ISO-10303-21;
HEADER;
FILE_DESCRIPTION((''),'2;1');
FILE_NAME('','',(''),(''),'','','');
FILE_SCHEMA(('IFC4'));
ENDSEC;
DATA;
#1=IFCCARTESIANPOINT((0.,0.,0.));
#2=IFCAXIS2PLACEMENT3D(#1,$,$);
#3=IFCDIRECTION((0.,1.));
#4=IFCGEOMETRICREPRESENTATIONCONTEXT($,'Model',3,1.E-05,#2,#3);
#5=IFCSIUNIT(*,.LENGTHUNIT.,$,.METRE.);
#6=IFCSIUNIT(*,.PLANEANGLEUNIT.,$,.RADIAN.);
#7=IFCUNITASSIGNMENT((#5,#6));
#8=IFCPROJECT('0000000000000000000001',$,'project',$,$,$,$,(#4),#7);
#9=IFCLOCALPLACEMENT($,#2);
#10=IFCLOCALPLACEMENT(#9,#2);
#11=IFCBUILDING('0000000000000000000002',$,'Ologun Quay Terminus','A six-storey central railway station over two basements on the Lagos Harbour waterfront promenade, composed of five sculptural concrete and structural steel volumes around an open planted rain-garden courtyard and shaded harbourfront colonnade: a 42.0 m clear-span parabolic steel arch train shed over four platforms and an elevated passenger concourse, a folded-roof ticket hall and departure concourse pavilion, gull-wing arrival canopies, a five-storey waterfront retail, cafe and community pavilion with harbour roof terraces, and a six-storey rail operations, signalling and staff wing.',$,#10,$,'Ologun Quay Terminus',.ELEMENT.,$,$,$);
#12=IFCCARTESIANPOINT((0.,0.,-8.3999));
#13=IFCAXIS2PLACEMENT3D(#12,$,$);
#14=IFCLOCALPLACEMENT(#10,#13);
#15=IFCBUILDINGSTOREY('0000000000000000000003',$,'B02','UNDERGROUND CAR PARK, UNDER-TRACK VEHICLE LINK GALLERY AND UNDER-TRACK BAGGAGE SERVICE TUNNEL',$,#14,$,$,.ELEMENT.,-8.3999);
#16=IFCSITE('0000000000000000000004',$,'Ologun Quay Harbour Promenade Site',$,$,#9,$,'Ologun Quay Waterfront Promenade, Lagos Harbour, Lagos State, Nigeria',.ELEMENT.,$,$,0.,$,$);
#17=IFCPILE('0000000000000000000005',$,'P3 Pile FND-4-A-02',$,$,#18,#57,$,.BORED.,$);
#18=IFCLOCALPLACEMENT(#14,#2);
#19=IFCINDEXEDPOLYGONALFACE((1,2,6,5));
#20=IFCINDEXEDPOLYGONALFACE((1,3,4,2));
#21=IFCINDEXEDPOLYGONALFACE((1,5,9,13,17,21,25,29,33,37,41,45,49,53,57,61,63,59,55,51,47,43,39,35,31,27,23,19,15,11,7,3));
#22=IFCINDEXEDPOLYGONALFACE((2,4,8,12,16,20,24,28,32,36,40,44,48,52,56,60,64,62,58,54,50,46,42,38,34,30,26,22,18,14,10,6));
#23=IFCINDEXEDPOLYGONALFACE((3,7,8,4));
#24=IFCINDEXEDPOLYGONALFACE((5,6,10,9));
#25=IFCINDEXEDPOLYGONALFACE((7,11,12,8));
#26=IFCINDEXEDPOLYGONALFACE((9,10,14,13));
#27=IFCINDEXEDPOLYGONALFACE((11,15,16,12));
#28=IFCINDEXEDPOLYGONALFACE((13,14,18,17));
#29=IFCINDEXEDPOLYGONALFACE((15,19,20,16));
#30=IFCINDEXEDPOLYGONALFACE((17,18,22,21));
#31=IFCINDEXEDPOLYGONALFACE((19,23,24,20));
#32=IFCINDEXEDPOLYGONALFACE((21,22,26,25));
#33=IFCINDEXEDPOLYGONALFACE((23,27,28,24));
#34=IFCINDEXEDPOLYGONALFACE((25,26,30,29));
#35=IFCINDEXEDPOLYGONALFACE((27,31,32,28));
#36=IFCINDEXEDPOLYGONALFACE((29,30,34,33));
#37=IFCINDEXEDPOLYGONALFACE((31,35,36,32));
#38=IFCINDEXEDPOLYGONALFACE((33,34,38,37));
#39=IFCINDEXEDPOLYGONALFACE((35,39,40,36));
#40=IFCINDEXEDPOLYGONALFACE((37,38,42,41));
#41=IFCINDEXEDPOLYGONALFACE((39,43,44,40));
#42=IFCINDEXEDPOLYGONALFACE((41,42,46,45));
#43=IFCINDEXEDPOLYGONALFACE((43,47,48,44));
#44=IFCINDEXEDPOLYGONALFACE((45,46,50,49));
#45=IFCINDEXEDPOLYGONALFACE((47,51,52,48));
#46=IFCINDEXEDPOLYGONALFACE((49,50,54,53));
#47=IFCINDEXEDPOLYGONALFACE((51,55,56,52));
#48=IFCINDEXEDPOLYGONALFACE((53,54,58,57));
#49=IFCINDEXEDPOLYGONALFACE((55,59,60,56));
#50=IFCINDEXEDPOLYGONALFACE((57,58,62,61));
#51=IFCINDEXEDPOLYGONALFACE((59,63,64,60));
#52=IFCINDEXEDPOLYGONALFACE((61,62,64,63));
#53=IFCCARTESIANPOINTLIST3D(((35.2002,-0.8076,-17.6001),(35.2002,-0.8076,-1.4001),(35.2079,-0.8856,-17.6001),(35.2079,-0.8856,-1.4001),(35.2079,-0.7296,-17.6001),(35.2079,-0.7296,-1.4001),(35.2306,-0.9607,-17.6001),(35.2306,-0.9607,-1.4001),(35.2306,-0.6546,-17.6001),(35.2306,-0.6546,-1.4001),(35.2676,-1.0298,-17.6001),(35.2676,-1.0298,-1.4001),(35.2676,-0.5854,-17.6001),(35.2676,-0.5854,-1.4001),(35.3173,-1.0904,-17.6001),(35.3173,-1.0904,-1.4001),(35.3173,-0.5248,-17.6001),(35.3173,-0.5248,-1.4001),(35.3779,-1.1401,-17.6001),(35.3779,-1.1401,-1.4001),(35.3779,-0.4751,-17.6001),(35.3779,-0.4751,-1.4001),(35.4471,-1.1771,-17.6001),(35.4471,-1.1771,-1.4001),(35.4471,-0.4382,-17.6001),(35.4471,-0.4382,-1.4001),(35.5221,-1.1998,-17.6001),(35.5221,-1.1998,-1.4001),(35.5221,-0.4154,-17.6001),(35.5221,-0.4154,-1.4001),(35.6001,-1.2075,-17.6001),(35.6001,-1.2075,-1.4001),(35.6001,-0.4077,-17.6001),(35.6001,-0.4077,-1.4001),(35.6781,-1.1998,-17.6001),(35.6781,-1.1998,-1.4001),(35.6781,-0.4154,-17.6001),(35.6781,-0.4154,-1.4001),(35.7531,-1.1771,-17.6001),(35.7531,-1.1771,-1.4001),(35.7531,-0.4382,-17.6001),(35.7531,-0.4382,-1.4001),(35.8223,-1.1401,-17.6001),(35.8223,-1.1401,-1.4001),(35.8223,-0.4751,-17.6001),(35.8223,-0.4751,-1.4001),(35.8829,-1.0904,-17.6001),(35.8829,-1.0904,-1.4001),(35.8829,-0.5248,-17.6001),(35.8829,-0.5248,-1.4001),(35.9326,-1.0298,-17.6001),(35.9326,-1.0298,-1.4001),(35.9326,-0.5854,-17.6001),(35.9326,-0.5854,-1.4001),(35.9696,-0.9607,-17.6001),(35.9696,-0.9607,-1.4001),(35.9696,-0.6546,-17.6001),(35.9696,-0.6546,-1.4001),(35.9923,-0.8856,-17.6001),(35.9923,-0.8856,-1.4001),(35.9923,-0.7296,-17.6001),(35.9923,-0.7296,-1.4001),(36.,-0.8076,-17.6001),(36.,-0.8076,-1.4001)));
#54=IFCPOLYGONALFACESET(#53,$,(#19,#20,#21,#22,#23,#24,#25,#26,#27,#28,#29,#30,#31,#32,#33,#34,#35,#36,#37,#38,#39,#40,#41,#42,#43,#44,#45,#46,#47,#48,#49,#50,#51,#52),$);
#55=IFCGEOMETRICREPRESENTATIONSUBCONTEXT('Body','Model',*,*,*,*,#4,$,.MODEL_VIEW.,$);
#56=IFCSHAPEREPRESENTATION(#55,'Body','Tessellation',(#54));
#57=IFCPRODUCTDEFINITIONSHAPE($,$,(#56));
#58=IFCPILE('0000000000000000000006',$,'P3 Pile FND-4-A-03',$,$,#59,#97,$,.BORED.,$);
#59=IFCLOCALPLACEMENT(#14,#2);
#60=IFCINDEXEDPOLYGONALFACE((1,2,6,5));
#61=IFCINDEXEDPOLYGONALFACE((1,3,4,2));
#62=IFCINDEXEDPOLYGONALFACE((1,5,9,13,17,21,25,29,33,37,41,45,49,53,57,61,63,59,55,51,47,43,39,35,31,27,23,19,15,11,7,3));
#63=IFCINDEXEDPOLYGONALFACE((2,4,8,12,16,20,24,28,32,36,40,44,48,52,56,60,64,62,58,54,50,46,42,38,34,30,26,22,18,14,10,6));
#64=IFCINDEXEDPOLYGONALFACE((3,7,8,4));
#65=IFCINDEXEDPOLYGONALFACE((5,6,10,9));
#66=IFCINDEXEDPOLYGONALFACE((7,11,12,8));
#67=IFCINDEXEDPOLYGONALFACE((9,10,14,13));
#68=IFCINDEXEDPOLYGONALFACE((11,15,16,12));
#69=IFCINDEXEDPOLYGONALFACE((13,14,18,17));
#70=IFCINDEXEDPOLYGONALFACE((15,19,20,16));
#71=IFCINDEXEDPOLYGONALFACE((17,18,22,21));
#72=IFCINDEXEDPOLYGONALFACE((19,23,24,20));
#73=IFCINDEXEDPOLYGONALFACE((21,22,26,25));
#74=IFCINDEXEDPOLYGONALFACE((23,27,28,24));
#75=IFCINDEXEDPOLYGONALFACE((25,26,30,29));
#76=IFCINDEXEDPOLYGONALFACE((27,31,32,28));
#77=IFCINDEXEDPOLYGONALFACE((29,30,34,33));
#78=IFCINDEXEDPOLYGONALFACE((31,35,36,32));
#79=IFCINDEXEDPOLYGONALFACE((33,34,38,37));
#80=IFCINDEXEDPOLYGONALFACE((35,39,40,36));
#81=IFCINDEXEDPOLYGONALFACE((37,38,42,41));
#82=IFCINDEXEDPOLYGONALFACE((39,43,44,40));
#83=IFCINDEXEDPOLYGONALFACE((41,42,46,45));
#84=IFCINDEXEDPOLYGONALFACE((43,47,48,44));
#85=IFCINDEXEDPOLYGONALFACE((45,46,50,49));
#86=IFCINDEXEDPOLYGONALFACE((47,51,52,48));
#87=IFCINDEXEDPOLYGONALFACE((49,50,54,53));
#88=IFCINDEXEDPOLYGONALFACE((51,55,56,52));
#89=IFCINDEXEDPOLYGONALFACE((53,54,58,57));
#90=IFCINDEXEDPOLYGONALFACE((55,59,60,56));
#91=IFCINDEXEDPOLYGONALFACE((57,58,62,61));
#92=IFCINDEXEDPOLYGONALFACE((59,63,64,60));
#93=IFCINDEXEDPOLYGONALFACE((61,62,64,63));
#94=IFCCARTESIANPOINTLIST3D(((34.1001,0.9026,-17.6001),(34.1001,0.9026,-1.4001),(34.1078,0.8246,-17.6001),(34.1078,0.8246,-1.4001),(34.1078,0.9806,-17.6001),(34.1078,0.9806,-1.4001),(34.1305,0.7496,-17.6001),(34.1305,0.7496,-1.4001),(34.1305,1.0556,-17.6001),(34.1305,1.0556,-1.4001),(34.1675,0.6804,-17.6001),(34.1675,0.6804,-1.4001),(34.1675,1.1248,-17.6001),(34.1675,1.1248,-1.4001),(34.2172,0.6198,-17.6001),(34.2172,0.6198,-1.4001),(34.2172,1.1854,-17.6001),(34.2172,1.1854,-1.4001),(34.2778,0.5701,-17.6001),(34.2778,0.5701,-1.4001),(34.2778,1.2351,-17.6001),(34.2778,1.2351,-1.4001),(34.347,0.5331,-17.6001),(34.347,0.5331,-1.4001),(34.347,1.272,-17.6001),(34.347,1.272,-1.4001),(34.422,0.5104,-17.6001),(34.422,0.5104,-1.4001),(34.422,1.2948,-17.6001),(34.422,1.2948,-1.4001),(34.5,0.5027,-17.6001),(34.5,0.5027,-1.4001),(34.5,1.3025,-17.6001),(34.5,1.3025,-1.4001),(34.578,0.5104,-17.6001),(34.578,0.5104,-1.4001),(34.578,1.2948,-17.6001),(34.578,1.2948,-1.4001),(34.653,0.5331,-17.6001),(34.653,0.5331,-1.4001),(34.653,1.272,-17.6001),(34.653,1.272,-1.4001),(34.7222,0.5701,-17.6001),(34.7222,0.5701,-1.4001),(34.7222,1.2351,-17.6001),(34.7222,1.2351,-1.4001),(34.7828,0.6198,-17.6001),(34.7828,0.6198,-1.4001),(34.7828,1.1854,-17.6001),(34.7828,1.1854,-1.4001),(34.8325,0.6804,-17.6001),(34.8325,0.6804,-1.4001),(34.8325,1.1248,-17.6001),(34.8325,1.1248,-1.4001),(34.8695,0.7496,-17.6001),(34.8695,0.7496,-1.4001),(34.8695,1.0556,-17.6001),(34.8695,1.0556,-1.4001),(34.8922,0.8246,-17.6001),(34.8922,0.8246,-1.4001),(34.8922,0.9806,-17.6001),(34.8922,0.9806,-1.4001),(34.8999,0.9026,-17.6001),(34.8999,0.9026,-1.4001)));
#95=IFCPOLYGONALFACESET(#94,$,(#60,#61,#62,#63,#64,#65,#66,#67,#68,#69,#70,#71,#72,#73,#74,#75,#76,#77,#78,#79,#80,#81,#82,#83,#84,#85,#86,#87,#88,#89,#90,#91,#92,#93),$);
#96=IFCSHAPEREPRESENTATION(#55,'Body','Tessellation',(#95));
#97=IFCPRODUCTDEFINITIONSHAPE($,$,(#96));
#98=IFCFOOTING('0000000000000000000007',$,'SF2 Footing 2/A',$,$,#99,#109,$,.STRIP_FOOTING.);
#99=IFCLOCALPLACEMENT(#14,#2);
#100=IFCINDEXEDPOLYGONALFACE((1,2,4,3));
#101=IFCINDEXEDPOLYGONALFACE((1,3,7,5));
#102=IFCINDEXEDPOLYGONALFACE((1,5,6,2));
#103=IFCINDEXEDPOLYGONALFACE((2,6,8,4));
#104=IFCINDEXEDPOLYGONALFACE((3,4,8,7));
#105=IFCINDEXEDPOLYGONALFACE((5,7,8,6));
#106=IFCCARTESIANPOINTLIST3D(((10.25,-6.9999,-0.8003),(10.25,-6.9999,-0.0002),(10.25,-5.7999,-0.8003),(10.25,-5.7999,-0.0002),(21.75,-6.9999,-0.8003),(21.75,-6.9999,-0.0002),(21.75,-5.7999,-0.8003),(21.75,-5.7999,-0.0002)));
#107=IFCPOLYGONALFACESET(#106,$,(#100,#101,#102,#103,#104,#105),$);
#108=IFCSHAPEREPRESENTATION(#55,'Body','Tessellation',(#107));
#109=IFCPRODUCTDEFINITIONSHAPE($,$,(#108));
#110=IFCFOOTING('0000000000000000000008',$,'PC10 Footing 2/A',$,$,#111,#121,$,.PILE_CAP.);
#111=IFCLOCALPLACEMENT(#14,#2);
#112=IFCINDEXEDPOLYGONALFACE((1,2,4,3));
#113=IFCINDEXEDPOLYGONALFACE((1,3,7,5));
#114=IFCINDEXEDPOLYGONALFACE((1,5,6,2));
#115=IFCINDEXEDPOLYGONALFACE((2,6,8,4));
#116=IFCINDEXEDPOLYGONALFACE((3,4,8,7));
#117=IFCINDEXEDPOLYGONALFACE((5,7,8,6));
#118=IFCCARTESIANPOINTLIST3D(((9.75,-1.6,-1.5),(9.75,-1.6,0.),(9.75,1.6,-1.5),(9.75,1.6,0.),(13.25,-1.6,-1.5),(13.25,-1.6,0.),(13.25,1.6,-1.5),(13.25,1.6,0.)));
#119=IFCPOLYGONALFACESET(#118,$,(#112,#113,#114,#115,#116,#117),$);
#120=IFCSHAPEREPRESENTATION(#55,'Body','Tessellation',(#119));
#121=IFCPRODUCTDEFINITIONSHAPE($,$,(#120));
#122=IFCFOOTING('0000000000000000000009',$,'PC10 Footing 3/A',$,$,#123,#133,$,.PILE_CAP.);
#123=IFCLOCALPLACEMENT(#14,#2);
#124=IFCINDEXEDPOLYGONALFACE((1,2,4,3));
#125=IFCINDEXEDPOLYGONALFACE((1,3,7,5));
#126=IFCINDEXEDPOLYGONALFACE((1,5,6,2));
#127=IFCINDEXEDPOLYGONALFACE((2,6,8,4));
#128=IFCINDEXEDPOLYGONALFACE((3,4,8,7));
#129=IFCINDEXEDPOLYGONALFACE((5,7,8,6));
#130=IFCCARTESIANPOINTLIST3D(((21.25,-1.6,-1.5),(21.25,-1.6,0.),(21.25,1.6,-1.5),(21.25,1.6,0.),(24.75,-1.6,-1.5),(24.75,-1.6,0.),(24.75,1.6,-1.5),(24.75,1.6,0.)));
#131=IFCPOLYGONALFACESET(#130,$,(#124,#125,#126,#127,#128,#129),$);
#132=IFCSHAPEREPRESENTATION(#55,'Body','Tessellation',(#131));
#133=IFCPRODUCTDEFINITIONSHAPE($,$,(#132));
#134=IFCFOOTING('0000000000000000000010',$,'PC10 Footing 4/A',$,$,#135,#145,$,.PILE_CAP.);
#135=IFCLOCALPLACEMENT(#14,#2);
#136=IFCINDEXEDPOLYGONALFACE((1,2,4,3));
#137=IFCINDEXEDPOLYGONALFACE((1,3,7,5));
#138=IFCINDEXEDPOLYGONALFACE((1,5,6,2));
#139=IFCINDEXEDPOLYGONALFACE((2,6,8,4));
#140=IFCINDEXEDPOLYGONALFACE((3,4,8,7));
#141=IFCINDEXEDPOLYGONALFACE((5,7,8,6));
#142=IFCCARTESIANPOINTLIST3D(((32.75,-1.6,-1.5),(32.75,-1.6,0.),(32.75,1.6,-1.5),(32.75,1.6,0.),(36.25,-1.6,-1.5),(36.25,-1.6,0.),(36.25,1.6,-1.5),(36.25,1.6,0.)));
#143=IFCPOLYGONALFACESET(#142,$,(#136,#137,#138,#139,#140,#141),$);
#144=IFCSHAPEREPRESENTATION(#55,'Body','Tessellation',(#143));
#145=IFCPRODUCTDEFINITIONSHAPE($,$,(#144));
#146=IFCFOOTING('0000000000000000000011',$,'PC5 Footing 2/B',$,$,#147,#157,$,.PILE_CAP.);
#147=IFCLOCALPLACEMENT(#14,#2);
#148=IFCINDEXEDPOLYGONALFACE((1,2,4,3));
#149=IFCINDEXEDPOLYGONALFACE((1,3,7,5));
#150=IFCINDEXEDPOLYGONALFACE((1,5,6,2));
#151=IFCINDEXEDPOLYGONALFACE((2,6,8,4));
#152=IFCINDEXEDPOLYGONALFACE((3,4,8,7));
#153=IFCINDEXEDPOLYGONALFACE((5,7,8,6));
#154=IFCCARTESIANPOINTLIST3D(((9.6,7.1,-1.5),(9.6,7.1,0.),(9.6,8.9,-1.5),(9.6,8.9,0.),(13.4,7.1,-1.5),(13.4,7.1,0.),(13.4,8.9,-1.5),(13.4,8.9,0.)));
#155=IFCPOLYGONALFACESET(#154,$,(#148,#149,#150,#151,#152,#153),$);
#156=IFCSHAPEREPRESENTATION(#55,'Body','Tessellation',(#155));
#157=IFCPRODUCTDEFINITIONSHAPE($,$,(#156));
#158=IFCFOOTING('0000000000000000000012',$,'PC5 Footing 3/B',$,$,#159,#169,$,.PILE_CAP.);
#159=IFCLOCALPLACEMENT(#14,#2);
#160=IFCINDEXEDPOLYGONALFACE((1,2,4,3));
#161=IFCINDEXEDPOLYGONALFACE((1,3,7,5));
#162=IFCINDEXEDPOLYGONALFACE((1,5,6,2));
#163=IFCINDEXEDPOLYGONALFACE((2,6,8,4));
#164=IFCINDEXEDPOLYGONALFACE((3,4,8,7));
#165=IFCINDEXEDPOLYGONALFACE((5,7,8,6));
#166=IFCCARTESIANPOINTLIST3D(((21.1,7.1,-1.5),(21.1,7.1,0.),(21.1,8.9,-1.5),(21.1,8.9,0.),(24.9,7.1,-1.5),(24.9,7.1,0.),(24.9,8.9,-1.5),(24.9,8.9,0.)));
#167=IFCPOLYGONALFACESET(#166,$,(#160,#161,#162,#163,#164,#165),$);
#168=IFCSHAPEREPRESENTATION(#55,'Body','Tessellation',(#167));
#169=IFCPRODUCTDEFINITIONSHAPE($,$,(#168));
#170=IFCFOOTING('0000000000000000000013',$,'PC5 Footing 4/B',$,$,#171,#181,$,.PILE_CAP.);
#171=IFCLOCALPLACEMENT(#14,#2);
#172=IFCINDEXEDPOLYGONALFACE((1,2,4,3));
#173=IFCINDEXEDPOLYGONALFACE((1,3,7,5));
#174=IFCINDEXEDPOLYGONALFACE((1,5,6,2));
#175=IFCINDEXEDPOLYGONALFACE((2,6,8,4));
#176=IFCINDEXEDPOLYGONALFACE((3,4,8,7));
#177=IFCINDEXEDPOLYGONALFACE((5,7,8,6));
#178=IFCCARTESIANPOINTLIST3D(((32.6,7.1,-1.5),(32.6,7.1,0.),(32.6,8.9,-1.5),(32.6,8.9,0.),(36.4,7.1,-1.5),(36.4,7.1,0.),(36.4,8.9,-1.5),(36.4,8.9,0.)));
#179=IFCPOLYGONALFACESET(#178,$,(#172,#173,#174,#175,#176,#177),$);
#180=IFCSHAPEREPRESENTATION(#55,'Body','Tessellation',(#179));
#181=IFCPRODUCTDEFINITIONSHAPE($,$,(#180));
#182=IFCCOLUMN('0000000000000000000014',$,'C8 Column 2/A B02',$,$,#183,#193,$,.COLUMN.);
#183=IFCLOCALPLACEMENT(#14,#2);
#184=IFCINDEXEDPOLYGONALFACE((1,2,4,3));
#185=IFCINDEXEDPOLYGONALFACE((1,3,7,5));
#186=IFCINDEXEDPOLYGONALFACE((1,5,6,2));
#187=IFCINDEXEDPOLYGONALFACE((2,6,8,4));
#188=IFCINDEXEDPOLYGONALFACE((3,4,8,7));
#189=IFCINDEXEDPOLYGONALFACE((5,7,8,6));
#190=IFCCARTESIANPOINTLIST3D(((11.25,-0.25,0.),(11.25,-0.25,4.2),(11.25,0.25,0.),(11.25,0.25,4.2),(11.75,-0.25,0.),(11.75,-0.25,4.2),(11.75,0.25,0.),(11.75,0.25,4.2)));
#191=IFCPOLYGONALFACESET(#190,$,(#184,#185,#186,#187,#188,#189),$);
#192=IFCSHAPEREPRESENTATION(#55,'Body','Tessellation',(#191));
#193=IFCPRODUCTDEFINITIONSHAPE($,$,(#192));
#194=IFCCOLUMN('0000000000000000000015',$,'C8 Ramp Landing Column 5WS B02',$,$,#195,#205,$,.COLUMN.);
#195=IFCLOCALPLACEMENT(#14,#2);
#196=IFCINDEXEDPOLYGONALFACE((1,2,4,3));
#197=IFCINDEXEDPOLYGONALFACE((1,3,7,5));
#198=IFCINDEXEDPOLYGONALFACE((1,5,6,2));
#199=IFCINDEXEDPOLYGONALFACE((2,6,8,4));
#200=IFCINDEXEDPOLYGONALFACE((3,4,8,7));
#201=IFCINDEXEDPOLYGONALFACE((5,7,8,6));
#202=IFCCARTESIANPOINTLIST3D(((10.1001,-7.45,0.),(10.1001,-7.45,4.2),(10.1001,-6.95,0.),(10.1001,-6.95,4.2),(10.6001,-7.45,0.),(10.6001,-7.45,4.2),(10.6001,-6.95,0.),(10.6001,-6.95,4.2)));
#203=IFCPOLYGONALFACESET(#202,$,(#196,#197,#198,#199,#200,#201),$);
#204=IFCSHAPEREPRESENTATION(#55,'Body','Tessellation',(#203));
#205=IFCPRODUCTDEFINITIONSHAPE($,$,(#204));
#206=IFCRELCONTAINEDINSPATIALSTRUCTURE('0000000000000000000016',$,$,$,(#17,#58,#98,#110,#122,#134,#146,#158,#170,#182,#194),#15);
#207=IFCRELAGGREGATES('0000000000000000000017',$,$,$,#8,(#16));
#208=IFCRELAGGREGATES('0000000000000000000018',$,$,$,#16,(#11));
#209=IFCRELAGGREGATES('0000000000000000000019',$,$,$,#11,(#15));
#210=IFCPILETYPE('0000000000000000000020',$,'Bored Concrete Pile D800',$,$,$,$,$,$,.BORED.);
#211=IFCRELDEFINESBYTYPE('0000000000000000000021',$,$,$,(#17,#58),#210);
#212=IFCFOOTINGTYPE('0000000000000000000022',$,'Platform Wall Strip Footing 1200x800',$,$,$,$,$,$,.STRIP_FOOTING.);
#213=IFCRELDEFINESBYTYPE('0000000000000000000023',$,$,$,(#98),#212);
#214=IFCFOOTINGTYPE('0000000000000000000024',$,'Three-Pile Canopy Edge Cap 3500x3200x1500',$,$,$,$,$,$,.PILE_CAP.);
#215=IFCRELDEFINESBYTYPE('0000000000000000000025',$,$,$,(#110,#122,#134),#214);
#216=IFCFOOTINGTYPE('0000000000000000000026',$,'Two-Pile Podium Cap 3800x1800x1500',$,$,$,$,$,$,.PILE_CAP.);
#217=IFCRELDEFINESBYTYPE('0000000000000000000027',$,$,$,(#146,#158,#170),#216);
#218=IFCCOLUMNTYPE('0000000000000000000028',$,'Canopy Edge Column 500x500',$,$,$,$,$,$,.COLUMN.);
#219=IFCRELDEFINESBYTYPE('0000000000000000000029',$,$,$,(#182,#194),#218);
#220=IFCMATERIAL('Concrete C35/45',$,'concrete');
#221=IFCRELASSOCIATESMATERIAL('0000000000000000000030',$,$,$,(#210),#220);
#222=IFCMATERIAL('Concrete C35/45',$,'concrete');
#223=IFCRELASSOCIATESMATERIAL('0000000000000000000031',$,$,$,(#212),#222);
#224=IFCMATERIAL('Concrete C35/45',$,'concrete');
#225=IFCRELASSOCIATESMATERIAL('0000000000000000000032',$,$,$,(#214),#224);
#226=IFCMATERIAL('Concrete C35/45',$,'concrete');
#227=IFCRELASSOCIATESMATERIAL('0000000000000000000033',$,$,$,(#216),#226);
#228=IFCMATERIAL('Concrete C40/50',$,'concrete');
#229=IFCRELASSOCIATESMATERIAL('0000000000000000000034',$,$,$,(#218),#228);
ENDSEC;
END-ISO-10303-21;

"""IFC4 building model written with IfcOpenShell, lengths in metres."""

from ifc_helpers import new_model, si_unit, direction, frame, origin, origin_2d, place, context, subcontext, project, spatial, rectangle, circle, extrude, material, material_profile, profile_set, type_object, element, save


model = new_model("IFC4")

# Units and contexts
model_context = context("Model", 3, precision=1e-05, world=origin(), true_north=direction((0.0, 1.0)))
body_context = subcontext(model_context, "Body", "Model", "MODEL_VIEW")
ifc_project = project(units=[si_unit("LENGTHUNIT", "METRE"), si_unit("PLANEANGLEUNIT", "RADIAN")], contexts=[model_context])

# Site, building, storey
site_placement = place(None, origin())
site = spatial("IfcSite", under=ifc_project, at=site_placement, Name="Ologun Quay Harbour Promenade Site", LongName="Ologun Quay Waterfront Promenade, Lagos Harbour, Lagos State, Nigeria", CompositionType="ELEMENT", RefElevation=0.0)
building_placement = place(site_placement, origin())
building = spatial("IfcBuilding", under=site, at=building_placement, Name="Ologun Quay Terminus", Description="A six-storey central railway station over two basements on the Lagos Harbour waterfront promenade, composed of five sculptural concrete and structural steel volumes around an open planted rain-garden courtyard and shaded harbourfront colonnade: a 42.0 m clear-span parabolic steel arch train shed over four platforms and an elevated passenger concourse, a folded-roof ticket hall and departure concourse pavilion, gull-wing arrival canopies, a five-storey waterfront retail, cafe and community pavilion with harbour roof terraces, and a six-storey rail operations, signalling and staff wing.", LongName="Ologun Quay Terminus", CompositionType="ELEMENT")
storey_placement = place(building_placement, frame((0.0, 0.0, -8.3999)))
storey = spatial("IfcBuildingStorey", under=building, at=storey_placement, Name="B02", Description="UNDERGROUND CAR PARK, UNDER-TRACK VEHICLE LINK GALLERY AND UNDER-TRACK BAGGAGE SERVICE TUNNEL", CompositionType="ELEMENT", Elevation=-8.3999)

# Piles
ifc_material_1 = material(Name="Concrete C35/45", Category="concrete")
ifc_material_profile_1 = material_profile(ifc_material_1, circle(Radius=0.3999, at=origin_2d()), Name="PILE D800")
ifc_profile_set_1 = profile_set([ifc_material_profile_1], Name="Concrete C35/45")
pile_type_1 = type_object("IfcPileType", Name="Bored Concrete Pile D800", PredefinedType="BORED", material=ifc_profile_set_1)
for number, where, z_axis, x_axis, name in (
    (1, (35.6001, -0.8076, -1.4001), (0.0, 0.0, -1.0), (1.0, 0.0, 0.0), "P3 Pile FND-4-A-02"),
    (2, (34.5, 0.9026, -1.4001), (0.0, 0.0, -1.0), (1.0, 0.0, 0.0), "P3 Pile FND-4-A-03"),
):
    element("IfcPile", number, at=place(storey_placement, frame(where, z_axis=z_axis, x_axis=x_axis)), inside=storey, type_object=pile_type_1, Name=name, PredefinedType="BORED", context=body_context, shape_type="SweptSolid", body=[
        extrude(circle(Radius=0.3999, at=origin_2d()), origin(), (0.0, 0.0, 1.0), 16.2),
    ])

# Footings
ifc_material_2 = material(Name="Concrete C35/45", Category="concrete")
footing_type_1 = type_object("IfcFootingType", Name="Platform Wall Strip Footing 1200x800", PredefinedType="STRIP_FOOTING", material=ifc_material_2)
footing_1_placement = place(storey_placement, frame((16.0, -6.3999, -0.8003), z_axis=(0.0, 0.0, 1.0), x_axis=(1.0, 0.0, 0.0)))
element("IfcFooting", 3, at=footing_1_placement, inside=storey, type_object=footing_type_1, Name="SF2 Footing 2/A", PredefinedType="STRIP_FOOTING", context=body_context, shape_type="SweptSolid", body=[
    extrude(rectangle(XDim=11.5, YDim=1.2, at=origin_2d()), origin(), (0.0, 0.0, 1.0), 0.8),
])
ifc_material_3 = material(Name="Concrete C35/45", Category="concrete")
footing_type_2 = type_object("IfcFootingType", Name="Three-Pile Canopy Edge Cap 3500x3200x1500", PredefinedType="PILE_CAP", material=ifc_material_3)
for number, where, z_axis, x_axis, name in (
    (4, (11.5, 0.0, -1.5), (0.0, 0.0, 1.0), (1.0, 0.0, 0.0), "PC10 Footing 2/A"),
    (5, (23.0, 0.0, -1.5), (0.0, 0.0, 1.0), (1.0, 0.0, 0.0), "PC10 Footing 3/A"),
    (6, (34.5, 0.0, -1.5), (0.0, 0.0, 1.0), (1.0, 0.0, 0.0), "PC10 Footing 4/A"),
):
    element("IfcFooting", number, at=place(storey_placement, frame(where, z_axis=z_axis, x_axis=x_axis)), inside=storey, type_object=footing_type_2, Name=name, PredefinedType="PILE_CAP", context=body_context, shape_type="SweptSolid", body=[
        extrude(rectangle(XDim=3.5, YDim=3.2, at=origin_2d()), origin(), (0.0, 0.0, 1.0), 1.5),
    ])
ifc_material_4 = material(Name="Concrete C35/45", Category="concrete")
footing_type_3 = type_object("IfcFootingType", Name="Two-Pile Podium Cap 3800x1800x1500", PredefinedType="PILE_CAP", material=ifc_material_4)
for number, where, z_axis, x_axis, name in (
    (7, (11.5, 8.0, -1.5), (0.0, 0.0, 1.0), (1.0, 0.0, 0.0), "PC5 Footing 2/B"),
    (8, (23.0, 8.0, -1.5), (0.0, 0.0, 1.0), (1.0, 0.0, 0.0), "PC5 Footing 3/B"),
    (9, (34.5, 8.0, -1.5), (0.0, 0.0, 1.0), (1.0, 0.0, 0.0), "PC5 Footing 4/B"),
):
    element("IfcFooting", number, at=place(storey_placement, frame(where, z_axis=z_axis, x_axis=x_axis)), inside=storey, type_object=footing_type_3, Name=name, PredefinedType="PILE_CAP", context=body_context, shape_type="SweptSolid", body=[
        extrude(rectangle(XDim=3.8, YDim=1.8, at=origin_2d()), origin(), (0.0, 0.0, 1.0), 1.5),
    ])

# Columns
ifc_material_5 = material(Name="Concrete C40/50", Category="concrete")
ifc_material_profile_2 = material_profile(ifc_material_5, rectangle(XDim=0.5, YDim=0.5, at=origin_2d()), Name="RC 500x500")
ifc_profile_set_2 = profile_set([ifc_material_profile_2], Name="Concrete C40/50")
column_type_1 = type_object("IfcColumnType", Name="Canopy Edge Column 500x500", PredefinedType="COLUMN", material=ifc_profile_set_2)
for number, where, z_axis, x_axis, name in (
    (10, (11.5, 0.0, 0.0), (0.0, 0.0, 1.0), (1.0, 0.0, 0.0), "C8 Column 2/A B02"),
    (11, (10.3501, -7.2, 0.0), (0.0, 0.0, 1.0), (1.0, 0.0, 0.0), "C8 Ramp Landing Column 5WS B02"),
):
    element("IfcColumn", number, at=place(storey_placement, frame(where, z_axis=z_axis, x_axis=x_axis)), inside=storey, type_object=column_type_1, Name=name, PredefinedType="COLUMN", context=body_context, shape_type="SweptSolid", body=[
        extrude(rectangle(XDim=0.5, YDim=0.5, at=origin_2d()), origin(), (0.0, 0.0, 1.0), 4.2),
    ])

save(model, "model.ifc")
